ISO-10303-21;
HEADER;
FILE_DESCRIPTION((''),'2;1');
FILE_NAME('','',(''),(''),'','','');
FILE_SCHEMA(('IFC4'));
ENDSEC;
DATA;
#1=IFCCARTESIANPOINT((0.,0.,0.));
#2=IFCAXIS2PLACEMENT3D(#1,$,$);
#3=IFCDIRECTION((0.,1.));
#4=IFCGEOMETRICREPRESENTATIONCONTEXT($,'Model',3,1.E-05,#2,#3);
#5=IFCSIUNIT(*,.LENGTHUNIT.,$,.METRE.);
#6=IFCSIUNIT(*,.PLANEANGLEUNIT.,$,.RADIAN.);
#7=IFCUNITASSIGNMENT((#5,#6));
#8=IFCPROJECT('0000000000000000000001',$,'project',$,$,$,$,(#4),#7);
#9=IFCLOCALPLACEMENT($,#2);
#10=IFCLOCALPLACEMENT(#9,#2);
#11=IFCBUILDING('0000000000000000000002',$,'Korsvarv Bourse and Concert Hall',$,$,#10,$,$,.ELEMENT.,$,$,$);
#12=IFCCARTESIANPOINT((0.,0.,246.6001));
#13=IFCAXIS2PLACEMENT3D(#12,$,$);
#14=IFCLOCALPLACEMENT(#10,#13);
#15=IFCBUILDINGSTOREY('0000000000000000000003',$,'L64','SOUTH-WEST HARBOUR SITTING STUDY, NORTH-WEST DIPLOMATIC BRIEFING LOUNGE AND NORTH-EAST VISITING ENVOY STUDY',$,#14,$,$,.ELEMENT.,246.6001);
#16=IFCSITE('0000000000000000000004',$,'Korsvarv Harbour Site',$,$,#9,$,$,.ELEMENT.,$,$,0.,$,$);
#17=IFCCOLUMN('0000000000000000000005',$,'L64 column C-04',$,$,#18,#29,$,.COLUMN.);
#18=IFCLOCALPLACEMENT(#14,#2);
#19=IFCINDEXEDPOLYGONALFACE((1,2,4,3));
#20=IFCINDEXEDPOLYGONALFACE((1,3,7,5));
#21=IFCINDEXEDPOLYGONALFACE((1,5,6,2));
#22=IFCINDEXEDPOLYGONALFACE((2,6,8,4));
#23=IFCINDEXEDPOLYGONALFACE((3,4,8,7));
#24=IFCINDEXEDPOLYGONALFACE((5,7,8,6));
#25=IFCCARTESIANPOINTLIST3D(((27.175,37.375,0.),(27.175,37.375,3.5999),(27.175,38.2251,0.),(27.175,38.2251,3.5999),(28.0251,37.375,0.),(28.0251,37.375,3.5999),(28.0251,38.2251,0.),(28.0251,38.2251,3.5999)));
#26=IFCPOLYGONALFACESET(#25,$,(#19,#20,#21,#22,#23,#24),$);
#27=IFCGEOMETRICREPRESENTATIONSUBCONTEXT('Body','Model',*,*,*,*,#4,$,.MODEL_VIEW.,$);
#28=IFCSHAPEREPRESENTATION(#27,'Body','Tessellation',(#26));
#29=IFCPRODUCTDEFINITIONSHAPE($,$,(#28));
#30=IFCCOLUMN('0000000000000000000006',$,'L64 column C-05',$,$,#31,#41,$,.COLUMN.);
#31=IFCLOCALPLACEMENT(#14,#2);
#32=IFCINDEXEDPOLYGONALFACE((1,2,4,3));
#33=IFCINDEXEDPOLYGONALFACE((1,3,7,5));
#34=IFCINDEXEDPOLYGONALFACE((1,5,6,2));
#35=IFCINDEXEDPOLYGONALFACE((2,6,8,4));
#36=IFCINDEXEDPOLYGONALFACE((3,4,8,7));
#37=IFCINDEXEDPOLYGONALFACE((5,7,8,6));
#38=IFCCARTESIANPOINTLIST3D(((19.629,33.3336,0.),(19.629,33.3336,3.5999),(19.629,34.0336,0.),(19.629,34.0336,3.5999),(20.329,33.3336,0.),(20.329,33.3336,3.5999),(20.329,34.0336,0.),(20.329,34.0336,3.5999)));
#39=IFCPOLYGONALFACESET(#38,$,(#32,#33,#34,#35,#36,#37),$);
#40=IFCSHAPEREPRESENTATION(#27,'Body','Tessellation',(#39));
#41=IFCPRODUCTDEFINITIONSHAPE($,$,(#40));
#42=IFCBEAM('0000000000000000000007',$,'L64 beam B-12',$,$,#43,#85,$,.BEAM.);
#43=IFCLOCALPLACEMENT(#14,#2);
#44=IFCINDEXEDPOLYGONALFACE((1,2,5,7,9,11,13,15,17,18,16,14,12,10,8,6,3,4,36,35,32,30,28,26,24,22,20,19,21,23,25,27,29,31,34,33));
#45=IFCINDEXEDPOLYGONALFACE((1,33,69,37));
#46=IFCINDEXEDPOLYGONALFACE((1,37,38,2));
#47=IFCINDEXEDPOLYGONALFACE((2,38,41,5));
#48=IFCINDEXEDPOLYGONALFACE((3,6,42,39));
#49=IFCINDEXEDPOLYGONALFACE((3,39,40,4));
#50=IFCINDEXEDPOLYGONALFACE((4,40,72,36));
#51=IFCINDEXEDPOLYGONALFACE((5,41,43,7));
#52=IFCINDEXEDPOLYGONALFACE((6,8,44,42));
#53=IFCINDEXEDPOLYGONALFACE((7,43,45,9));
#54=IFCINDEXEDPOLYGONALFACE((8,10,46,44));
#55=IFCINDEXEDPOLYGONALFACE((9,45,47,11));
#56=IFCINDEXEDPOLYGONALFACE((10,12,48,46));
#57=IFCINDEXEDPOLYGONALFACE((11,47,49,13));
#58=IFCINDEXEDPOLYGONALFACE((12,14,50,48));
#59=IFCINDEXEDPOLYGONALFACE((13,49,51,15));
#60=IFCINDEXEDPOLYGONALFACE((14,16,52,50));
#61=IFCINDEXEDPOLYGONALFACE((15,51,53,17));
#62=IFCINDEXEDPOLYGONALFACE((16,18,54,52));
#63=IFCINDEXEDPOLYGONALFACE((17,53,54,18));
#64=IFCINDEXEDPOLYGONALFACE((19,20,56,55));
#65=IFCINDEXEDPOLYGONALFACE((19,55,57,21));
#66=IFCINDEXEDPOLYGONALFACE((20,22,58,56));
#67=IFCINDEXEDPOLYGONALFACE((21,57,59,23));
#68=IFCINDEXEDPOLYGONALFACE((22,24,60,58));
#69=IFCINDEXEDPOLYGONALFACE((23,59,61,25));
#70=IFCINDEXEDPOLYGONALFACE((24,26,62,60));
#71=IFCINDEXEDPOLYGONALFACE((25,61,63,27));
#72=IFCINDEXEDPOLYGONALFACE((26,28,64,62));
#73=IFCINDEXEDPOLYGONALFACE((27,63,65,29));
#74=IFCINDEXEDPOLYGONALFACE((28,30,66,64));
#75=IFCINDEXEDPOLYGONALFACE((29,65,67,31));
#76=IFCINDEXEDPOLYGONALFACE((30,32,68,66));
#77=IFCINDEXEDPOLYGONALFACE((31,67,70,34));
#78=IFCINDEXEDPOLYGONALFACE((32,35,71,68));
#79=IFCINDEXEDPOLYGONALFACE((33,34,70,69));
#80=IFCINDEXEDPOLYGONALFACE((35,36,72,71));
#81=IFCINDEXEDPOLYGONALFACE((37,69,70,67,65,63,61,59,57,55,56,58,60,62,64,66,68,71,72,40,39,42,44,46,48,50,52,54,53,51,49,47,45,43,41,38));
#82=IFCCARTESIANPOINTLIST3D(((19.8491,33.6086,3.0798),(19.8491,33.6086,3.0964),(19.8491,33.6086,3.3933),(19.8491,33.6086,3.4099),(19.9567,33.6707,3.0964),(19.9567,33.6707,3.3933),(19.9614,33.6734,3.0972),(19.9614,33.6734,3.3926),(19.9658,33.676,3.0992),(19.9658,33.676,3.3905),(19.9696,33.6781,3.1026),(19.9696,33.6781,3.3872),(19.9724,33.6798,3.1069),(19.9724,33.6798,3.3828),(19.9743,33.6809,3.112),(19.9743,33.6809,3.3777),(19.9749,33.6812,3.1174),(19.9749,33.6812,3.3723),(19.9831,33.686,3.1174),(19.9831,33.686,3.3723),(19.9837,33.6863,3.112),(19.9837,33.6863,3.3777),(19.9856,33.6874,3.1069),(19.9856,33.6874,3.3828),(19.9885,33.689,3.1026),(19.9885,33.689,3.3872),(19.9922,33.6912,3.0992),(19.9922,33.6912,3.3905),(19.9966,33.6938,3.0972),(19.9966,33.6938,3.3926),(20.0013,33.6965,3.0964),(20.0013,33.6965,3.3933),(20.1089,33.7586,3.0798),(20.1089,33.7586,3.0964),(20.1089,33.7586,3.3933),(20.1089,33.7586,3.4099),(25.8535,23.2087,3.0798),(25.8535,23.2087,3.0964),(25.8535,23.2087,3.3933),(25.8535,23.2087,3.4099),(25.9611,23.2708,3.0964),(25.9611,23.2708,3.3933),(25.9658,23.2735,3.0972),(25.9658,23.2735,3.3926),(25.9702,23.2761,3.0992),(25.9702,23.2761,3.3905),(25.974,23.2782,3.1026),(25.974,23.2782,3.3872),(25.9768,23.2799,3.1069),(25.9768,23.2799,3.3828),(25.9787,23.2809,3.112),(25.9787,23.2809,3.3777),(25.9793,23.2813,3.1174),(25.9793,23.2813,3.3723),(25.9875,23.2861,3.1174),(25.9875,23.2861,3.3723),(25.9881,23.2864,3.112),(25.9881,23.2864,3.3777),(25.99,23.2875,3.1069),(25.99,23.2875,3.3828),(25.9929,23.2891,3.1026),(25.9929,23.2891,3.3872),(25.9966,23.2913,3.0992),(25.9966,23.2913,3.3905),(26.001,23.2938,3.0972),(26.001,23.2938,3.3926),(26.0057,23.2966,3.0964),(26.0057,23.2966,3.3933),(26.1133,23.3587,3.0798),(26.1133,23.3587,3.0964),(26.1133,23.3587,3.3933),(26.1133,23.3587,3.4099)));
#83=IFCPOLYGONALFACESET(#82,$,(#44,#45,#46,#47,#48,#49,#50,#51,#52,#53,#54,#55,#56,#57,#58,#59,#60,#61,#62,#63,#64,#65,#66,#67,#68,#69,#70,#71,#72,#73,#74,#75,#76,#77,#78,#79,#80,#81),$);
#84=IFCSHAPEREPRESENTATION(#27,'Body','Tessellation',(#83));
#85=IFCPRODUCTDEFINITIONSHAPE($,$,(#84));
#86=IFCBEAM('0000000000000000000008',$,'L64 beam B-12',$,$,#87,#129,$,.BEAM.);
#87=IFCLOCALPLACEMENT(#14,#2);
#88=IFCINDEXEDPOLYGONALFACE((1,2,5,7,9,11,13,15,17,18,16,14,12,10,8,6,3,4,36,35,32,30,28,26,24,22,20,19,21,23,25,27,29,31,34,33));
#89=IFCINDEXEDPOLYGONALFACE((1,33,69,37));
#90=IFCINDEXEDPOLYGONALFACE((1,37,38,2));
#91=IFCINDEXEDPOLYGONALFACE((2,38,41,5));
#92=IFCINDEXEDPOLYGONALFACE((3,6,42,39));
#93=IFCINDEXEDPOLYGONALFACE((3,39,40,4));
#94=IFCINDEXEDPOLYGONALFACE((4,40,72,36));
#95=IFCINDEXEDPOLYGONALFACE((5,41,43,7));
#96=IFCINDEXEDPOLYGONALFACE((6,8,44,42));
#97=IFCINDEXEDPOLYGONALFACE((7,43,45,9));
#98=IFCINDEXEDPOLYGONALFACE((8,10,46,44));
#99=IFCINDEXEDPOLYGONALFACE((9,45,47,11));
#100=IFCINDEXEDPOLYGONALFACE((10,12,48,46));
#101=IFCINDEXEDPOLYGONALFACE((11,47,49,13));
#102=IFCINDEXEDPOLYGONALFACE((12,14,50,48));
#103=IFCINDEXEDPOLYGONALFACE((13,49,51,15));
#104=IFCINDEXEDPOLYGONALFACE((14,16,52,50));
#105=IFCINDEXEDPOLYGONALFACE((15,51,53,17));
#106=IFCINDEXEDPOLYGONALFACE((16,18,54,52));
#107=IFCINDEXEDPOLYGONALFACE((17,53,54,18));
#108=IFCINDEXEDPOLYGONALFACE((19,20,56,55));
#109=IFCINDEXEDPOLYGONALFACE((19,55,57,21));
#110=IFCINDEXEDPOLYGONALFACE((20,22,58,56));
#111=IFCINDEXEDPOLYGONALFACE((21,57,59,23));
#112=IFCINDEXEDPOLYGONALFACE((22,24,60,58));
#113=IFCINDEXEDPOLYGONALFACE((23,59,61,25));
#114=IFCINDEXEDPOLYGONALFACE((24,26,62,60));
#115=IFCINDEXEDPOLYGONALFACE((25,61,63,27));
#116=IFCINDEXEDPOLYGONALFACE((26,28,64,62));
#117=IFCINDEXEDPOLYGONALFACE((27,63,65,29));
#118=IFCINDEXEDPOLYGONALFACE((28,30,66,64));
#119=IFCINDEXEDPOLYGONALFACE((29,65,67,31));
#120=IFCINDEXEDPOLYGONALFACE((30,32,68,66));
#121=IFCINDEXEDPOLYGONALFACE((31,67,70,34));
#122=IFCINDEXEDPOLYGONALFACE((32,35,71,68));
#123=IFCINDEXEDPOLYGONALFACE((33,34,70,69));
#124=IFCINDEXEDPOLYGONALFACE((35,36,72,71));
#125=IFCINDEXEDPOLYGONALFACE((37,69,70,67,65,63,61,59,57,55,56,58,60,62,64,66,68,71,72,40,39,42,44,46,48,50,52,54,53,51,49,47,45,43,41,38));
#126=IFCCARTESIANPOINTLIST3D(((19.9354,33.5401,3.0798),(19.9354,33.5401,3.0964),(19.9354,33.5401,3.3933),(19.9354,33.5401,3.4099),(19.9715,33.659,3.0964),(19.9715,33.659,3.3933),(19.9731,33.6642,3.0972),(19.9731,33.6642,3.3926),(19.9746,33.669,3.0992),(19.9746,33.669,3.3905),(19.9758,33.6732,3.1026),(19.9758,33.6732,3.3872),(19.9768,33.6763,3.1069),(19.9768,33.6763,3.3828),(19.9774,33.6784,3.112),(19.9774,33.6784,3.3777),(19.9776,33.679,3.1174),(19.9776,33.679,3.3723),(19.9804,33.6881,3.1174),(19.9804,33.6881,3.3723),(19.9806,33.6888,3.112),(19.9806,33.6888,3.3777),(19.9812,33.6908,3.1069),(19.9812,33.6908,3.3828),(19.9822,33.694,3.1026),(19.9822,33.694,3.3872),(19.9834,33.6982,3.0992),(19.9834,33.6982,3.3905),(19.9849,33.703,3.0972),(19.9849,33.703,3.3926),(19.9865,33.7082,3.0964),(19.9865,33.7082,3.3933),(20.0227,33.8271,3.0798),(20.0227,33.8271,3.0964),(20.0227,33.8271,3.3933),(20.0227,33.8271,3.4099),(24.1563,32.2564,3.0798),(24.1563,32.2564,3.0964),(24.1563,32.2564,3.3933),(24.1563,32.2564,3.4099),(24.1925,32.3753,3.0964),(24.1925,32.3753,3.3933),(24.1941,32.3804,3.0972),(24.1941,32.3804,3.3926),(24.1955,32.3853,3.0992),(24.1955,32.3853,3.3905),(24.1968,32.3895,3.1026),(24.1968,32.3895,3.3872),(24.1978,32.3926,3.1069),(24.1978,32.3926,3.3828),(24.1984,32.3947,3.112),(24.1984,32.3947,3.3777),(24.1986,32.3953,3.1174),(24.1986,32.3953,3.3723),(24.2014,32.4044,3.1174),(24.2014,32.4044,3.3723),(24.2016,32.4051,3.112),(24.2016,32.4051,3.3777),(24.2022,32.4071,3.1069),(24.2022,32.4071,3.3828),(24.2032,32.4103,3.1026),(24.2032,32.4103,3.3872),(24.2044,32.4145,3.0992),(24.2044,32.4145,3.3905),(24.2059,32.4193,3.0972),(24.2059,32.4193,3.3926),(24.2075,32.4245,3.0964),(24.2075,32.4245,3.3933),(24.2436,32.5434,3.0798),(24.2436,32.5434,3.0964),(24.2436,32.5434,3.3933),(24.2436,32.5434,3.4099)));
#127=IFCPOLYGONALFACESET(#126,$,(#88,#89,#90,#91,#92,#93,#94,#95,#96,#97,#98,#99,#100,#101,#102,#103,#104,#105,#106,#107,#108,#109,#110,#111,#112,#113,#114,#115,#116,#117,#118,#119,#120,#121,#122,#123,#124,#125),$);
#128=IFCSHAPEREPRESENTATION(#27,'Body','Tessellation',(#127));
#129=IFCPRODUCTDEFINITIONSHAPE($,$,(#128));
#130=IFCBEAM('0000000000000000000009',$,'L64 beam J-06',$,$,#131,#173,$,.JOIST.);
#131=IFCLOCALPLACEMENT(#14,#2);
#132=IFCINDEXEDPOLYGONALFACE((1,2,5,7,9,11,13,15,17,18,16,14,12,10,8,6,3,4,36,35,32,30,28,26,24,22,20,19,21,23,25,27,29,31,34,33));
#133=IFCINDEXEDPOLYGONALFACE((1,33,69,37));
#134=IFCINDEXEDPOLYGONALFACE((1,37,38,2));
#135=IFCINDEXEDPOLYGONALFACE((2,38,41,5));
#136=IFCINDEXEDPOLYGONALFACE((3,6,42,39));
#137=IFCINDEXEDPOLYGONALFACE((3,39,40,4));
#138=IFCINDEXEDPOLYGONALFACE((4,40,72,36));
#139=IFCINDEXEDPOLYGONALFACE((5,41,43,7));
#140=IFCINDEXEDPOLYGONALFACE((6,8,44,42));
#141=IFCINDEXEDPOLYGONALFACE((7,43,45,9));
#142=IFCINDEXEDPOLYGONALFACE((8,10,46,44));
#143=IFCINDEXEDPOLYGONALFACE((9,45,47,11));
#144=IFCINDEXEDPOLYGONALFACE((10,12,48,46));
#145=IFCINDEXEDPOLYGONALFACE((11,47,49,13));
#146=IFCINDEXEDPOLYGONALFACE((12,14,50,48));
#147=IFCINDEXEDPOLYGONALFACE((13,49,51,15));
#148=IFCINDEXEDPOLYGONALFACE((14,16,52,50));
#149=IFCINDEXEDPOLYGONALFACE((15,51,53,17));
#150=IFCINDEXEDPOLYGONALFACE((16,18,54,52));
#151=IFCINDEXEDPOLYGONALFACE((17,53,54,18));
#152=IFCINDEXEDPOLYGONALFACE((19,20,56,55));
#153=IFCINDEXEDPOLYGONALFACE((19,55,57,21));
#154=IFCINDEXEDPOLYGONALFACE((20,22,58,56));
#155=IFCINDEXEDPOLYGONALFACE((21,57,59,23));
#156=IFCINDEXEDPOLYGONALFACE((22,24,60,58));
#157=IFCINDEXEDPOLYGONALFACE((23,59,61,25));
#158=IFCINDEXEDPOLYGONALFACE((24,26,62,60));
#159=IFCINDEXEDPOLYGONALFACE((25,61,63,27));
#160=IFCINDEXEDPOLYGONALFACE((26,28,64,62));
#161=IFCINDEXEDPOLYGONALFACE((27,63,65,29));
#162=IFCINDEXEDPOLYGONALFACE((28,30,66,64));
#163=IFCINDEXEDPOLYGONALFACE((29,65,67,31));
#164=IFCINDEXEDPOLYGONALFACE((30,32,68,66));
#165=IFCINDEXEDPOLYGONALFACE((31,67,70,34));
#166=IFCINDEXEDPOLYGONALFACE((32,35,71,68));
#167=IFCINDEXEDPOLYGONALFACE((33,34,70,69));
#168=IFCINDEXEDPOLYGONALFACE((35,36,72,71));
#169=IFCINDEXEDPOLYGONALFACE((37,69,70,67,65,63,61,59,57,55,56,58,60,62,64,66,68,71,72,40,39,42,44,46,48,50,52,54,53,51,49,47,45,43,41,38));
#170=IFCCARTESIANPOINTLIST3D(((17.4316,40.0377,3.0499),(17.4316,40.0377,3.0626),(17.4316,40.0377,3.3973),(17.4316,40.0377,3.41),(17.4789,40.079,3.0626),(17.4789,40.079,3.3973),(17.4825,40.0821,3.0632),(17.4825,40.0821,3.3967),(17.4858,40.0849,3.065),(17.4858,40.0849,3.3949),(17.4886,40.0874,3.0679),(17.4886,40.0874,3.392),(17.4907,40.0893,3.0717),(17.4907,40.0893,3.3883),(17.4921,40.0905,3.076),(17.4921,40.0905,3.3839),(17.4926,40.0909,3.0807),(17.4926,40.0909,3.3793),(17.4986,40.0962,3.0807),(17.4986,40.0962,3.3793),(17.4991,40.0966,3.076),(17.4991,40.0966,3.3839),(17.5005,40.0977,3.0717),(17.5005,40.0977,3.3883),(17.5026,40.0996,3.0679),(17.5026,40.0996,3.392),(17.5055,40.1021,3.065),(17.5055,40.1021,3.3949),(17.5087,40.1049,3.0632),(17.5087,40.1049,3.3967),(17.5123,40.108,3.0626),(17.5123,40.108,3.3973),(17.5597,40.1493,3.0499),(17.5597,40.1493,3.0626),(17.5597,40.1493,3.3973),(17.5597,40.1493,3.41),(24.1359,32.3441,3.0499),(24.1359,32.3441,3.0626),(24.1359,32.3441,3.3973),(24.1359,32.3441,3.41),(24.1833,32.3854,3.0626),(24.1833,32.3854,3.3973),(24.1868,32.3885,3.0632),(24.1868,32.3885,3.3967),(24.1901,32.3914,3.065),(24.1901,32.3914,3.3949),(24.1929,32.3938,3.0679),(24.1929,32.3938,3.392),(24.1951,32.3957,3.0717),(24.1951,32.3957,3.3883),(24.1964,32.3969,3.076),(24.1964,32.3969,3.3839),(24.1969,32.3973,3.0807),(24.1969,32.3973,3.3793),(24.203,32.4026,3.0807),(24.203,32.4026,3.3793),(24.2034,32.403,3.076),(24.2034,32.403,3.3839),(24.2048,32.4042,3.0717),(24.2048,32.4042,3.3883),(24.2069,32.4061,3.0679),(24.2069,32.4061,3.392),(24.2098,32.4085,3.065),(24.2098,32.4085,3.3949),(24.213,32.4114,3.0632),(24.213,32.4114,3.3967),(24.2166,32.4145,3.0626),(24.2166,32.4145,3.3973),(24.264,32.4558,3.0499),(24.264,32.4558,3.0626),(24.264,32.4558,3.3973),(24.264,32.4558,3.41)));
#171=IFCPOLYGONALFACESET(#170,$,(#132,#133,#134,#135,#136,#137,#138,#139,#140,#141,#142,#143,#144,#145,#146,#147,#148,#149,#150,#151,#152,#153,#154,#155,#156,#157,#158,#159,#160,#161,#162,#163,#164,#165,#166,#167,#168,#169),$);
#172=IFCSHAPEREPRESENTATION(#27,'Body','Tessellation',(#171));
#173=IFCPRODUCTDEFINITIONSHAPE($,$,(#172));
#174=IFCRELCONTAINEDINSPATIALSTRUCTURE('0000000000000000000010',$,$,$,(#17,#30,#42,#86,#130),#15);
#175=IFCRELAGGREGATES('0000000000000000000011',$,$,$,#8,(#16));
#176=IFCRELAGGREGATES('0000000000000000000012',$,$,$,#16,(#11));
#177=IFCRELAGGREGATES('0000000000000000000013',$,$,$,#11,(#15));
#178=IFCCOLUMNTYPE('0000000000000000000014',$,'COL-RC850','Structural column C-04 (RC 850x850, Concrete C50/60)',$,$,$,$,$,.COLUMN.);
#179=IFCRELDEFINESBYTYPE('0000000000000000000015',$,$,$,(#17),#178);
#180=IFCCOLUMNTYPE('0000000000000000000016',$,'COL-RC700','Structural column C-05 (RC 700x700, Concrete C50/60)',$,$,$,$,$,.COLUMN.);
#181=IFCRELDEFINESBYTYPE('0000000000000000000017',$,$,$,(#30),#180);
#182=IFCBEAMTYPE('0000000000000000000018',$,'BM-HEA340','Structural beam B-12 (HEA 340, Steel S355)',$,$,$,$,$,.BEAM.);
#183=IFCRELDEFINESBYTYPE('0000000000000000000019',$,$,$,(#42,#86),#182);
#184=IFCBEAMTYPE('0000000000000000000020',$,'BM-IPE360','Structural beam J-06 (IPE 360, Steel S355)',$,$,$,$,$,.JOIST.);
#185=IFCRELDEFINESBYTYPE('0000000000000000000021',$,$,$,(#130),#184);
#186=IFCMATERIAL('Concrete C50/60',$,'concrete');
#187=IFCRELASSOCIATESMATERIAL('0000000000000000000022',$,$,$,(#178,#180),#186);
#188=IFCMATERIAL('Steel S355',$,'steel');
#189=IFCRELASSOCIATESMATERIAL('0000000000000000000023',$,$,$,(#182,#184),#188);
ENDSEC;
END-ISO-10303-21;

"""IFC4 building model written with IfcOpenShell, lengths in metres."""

from ifc_helpers import new_model, si_unit, direction, frame, origin, origin_2d, place, context, subcontext, project, spatial, rectangle, i_section, extrude, source, transform, mapped, material, material_profile, profile_set, type_object, element, save


model = new_model("IFC4")

# Units and contexts
model_context = context("Model", 3, precision=1e-05, world=origin(), true_north=direction((0.0, 1.0)))
body_context = subcontext(model_context, "Body", "Model", "MODEL_VIEW")
ifc_project = project(units=[si_unit("LENGTHUNIT", "METRE"), si_unit("PLANEANGLEUNIT", "RADIAN")], contexts=[model_context])

# Site, building, storey
site_placement = place(None, origin())
site = spatial("IfcSite", under=ifc_project, at=site_placement, Name="Korsvarv Harbour Site", CompositionType="ELEMENT", RefElevation=0.0)
building_placement = place(site_placement, origin())
building = spatial("IfcBuilding", under=site, at=building_placement, Name="Korsvarv Bourse and Concert Hall", CompositionType="ELEMENT")
storey_placement = place(building_placement, frame((0.0, 0.0, 246.6001)))
storey = spatial("IfcBuildingStorey", under=building, at=storey_placement, Name="L64", Description="SOUTH-WEST HARBOUR SITTING STUDY, NORTH-WEST DIPLOMATIC BRIEFING LOUNGE AND NORTH-EAST VISITING ENVOY STUDY", CompositionType="ELEMENT", Elevation=246.6001)

# Columns
ifc_material_1 = material(Name="Concrete C50/60", Category="concrete")
ifc_material_profile_1 = material_profile(ifc_material_1, rectangle(XDim=0.8501, YDim=0.8501, at=origin_2d()), Name="RC 850x850")
ifc_profile_set_1 = profile_set([ifc_material_profile_1], Name="Concrete C50/60")
column_type_1 = type_object("IfcColumnType", Name="COL-RC850", Description="Structural column C-04 (RC 850x850, Concrete C50/60)", PredefinedType="COLUMN", material=ifc_profile_set_1)
shared_shape_1 = source(origin(), body_context, "Body", "SweptSolid", [
    extrude(rectangle(XDim=0.8501, YDim=0.8501, at=origin_2d()), origin(), (0.0, 0.0, 1.0), 3.5999),
])
column_1_placement = place(storey_placement, frame((27.6001, 37.8, 0.0), z_axis=(0.0, 0.0, 1.0), x_axis=(1.0, 0.0, 0.0)))
element("IfcColumn", 1, at=column_1_placement, inside=storey, type_object=column_type_1, Name="L64 column C-04", PredefinedType="COLUMN", context=body_context, shape_type="MappedRepresentation", body=[
    mapped(shared_shape_1, transform((0.0, 0.0, 0.0), scale=1.0)),
])
ifc_material_profile_2 = material_profile(ifc_material_1, rectangle(XDim=0.7, YDim=0.7, at=origin_2d()), Name="RC 700x700")
ifc_profile_set_2 = profile_set([ifc_material_profile_2], Name="Concrete C50/60")
column_type_2 = type_object("IfcColumnType", Name="COL-RC700", Description="Structural column C-05 (RC 700x700, Concrete C50/60)", PredefinedType="COLUMN", material=ifc_profile_set_2)
shared_shape_2 = source(origin(), body_context, "Body", "SweptSolid", [
    extrude(rectangle(XDim=0.7, YDim=0.7, at=origin_2d()), origin(), (0.0, 0.0, 1.0), 3.5999),
])
column_2_placement = place(storey_placement, frame((19.979, 33.6836, 0.0), z_axis=(0.0, 0.0, 1.0), x_axis=(1.0, 0.0, 0.0)))
element("IfcColumn", 2, at=column_2_placement, inside=storey, type_object=column_type_2, Name="L64 column C-05", PredefinedType="COLUMN", context=body_context, shape_type="MappedRepresentation", body=[
    mapped(shared_shape_2, transform((0.0, 0.0, 0.0), scale=1.0)),
])

# Beams
ifc_material_2 = material(Name="Steel S355", Category="steel")
ifc_material_profile_3 = material_profile(ifc_material_2, i_section(OverallWidth=0.3, OverallDepth=0.3301, WebThickness=0.0095, FlangeThickness=0.0166, FilletRadius=0.021, at=origin_2d()), Name="HEA 340")
ifc_profile_set_3 = profile_set([ifc_material_profile_3], Name="Steel S355")
beam_type_1 = type_object("IfcBeamType", Name="BM-HEA340", Description="Structural beam B-12 (HEA 340, Steel S355)", PredefinedType="BEAM", material=ifc_profile_set_3)
shared_shape_3 = source(origin(), body_context, "Body", "SweptSolid", [
    extrude(i_section(OverallWidth=0.3, OverallDepth=0.3301, WebThickness=0.0095, FlangeThickness=0.0166, FilletRadius=0.021, at=origin_2d()), origin(), (0.0, 0.0, 1.0), 12.0088),
])
beam_1_placement = place(storey_placement, frame((19.979, 33.6836, 3.2449), z_axis=(0.500001, -0.866025, 0.0), x_axis=(0.866025, 0.500001, 0.0)))
element("IfcBeam", 3, at=beam_1_placement, inside=storey, type_object=beam_type_1, Name="L64 beam B-12", PredefinedType="BEAM", context=body_context, shape_type="MappedRepresentation", body=[
    mapped(shared_shape_3, transform((0.0, 0.0, 0.0), scale=1.0)),
])
shared_shape_4 = source(origin(), body_context, "Body", "SweptSolid", [
    extrude(i_section(OverallWidth=0.3, OverallDepth=0.3301, WebThickness=0.0095, FlangeThickness=0.0166, FilletRadius=0.021, at=origin_2d()), origin(), (0.0, 0.0, 1.0), 4.4119),
])
beam_2_placement = place(storey_placement, frame((19.979, 33.6836, 3.2449), z_axis=(0.956734, -0.290966, 0.0), x_axis=(0.290966, 0.956734, 0.0)))
element("IfcBeam", 4, at=beam_2_placement, inside=storey, type_object=beam_type_1, Name="L64 beam B-12", PredefinedType="BEAM", context=body_context, shape_type="MappedRepresentation", body=[
    mapped(shared_shape_4, transform((0.0, 0.0, 0.0), scale=1.0)),
])
ifc_material_profile_4 = material_profile(ifc_material_2, i_section(OverallWidth=0.1699, OverallDepth=0.3601, WebThickness=0.0081, FlangeThickness=0.0127, FilletRadius=0.0181, at=origin_2d()), Name="IPE 360")
ifc_profile_set_4 = profile_set([ifc_material_profile_4], Name="Steel S355")
beam_type_2 = type_object("IfcBeamType", Name="BM-IPE360", Description="Structural beam J-06 (IPE 360, Steel S355)", PredefinedType="JOIST", material=ifc_profile_set_4)
shared_shape_5 = source(origin(), body_context, "Body", "SweptSolid", [
    extrude(i_section(OverallWidth=0.1699, OverallDepth=0.3601, WebThickness=0.0081, FlangeThickness=0.0127, FilletRadius=0.0181, at=origin_2d()), origin(), (0.0, 0.0, 1.0), 10.2048),
])
beam_3_placement = place(storey_placement, frame((17.4956, 40.0935, 3.23), z_axis=(0.656974, -0.753913, 0.0), x_axis=(0.753913, 0.656974, 0.0)))
element("IfcBeam", 5, at=beam_3_placement, inside=storey, type_object=beam_type_2, Name="L64 beam J-06", PredefinedType="JOIST", context=body_context, shape_type="MappedRepresentation", body=[
    mapped(shared_shape_5, transform((0.0, 0.0, 0.0), scale=1.0)),
])

save(model, "model.ifc")
